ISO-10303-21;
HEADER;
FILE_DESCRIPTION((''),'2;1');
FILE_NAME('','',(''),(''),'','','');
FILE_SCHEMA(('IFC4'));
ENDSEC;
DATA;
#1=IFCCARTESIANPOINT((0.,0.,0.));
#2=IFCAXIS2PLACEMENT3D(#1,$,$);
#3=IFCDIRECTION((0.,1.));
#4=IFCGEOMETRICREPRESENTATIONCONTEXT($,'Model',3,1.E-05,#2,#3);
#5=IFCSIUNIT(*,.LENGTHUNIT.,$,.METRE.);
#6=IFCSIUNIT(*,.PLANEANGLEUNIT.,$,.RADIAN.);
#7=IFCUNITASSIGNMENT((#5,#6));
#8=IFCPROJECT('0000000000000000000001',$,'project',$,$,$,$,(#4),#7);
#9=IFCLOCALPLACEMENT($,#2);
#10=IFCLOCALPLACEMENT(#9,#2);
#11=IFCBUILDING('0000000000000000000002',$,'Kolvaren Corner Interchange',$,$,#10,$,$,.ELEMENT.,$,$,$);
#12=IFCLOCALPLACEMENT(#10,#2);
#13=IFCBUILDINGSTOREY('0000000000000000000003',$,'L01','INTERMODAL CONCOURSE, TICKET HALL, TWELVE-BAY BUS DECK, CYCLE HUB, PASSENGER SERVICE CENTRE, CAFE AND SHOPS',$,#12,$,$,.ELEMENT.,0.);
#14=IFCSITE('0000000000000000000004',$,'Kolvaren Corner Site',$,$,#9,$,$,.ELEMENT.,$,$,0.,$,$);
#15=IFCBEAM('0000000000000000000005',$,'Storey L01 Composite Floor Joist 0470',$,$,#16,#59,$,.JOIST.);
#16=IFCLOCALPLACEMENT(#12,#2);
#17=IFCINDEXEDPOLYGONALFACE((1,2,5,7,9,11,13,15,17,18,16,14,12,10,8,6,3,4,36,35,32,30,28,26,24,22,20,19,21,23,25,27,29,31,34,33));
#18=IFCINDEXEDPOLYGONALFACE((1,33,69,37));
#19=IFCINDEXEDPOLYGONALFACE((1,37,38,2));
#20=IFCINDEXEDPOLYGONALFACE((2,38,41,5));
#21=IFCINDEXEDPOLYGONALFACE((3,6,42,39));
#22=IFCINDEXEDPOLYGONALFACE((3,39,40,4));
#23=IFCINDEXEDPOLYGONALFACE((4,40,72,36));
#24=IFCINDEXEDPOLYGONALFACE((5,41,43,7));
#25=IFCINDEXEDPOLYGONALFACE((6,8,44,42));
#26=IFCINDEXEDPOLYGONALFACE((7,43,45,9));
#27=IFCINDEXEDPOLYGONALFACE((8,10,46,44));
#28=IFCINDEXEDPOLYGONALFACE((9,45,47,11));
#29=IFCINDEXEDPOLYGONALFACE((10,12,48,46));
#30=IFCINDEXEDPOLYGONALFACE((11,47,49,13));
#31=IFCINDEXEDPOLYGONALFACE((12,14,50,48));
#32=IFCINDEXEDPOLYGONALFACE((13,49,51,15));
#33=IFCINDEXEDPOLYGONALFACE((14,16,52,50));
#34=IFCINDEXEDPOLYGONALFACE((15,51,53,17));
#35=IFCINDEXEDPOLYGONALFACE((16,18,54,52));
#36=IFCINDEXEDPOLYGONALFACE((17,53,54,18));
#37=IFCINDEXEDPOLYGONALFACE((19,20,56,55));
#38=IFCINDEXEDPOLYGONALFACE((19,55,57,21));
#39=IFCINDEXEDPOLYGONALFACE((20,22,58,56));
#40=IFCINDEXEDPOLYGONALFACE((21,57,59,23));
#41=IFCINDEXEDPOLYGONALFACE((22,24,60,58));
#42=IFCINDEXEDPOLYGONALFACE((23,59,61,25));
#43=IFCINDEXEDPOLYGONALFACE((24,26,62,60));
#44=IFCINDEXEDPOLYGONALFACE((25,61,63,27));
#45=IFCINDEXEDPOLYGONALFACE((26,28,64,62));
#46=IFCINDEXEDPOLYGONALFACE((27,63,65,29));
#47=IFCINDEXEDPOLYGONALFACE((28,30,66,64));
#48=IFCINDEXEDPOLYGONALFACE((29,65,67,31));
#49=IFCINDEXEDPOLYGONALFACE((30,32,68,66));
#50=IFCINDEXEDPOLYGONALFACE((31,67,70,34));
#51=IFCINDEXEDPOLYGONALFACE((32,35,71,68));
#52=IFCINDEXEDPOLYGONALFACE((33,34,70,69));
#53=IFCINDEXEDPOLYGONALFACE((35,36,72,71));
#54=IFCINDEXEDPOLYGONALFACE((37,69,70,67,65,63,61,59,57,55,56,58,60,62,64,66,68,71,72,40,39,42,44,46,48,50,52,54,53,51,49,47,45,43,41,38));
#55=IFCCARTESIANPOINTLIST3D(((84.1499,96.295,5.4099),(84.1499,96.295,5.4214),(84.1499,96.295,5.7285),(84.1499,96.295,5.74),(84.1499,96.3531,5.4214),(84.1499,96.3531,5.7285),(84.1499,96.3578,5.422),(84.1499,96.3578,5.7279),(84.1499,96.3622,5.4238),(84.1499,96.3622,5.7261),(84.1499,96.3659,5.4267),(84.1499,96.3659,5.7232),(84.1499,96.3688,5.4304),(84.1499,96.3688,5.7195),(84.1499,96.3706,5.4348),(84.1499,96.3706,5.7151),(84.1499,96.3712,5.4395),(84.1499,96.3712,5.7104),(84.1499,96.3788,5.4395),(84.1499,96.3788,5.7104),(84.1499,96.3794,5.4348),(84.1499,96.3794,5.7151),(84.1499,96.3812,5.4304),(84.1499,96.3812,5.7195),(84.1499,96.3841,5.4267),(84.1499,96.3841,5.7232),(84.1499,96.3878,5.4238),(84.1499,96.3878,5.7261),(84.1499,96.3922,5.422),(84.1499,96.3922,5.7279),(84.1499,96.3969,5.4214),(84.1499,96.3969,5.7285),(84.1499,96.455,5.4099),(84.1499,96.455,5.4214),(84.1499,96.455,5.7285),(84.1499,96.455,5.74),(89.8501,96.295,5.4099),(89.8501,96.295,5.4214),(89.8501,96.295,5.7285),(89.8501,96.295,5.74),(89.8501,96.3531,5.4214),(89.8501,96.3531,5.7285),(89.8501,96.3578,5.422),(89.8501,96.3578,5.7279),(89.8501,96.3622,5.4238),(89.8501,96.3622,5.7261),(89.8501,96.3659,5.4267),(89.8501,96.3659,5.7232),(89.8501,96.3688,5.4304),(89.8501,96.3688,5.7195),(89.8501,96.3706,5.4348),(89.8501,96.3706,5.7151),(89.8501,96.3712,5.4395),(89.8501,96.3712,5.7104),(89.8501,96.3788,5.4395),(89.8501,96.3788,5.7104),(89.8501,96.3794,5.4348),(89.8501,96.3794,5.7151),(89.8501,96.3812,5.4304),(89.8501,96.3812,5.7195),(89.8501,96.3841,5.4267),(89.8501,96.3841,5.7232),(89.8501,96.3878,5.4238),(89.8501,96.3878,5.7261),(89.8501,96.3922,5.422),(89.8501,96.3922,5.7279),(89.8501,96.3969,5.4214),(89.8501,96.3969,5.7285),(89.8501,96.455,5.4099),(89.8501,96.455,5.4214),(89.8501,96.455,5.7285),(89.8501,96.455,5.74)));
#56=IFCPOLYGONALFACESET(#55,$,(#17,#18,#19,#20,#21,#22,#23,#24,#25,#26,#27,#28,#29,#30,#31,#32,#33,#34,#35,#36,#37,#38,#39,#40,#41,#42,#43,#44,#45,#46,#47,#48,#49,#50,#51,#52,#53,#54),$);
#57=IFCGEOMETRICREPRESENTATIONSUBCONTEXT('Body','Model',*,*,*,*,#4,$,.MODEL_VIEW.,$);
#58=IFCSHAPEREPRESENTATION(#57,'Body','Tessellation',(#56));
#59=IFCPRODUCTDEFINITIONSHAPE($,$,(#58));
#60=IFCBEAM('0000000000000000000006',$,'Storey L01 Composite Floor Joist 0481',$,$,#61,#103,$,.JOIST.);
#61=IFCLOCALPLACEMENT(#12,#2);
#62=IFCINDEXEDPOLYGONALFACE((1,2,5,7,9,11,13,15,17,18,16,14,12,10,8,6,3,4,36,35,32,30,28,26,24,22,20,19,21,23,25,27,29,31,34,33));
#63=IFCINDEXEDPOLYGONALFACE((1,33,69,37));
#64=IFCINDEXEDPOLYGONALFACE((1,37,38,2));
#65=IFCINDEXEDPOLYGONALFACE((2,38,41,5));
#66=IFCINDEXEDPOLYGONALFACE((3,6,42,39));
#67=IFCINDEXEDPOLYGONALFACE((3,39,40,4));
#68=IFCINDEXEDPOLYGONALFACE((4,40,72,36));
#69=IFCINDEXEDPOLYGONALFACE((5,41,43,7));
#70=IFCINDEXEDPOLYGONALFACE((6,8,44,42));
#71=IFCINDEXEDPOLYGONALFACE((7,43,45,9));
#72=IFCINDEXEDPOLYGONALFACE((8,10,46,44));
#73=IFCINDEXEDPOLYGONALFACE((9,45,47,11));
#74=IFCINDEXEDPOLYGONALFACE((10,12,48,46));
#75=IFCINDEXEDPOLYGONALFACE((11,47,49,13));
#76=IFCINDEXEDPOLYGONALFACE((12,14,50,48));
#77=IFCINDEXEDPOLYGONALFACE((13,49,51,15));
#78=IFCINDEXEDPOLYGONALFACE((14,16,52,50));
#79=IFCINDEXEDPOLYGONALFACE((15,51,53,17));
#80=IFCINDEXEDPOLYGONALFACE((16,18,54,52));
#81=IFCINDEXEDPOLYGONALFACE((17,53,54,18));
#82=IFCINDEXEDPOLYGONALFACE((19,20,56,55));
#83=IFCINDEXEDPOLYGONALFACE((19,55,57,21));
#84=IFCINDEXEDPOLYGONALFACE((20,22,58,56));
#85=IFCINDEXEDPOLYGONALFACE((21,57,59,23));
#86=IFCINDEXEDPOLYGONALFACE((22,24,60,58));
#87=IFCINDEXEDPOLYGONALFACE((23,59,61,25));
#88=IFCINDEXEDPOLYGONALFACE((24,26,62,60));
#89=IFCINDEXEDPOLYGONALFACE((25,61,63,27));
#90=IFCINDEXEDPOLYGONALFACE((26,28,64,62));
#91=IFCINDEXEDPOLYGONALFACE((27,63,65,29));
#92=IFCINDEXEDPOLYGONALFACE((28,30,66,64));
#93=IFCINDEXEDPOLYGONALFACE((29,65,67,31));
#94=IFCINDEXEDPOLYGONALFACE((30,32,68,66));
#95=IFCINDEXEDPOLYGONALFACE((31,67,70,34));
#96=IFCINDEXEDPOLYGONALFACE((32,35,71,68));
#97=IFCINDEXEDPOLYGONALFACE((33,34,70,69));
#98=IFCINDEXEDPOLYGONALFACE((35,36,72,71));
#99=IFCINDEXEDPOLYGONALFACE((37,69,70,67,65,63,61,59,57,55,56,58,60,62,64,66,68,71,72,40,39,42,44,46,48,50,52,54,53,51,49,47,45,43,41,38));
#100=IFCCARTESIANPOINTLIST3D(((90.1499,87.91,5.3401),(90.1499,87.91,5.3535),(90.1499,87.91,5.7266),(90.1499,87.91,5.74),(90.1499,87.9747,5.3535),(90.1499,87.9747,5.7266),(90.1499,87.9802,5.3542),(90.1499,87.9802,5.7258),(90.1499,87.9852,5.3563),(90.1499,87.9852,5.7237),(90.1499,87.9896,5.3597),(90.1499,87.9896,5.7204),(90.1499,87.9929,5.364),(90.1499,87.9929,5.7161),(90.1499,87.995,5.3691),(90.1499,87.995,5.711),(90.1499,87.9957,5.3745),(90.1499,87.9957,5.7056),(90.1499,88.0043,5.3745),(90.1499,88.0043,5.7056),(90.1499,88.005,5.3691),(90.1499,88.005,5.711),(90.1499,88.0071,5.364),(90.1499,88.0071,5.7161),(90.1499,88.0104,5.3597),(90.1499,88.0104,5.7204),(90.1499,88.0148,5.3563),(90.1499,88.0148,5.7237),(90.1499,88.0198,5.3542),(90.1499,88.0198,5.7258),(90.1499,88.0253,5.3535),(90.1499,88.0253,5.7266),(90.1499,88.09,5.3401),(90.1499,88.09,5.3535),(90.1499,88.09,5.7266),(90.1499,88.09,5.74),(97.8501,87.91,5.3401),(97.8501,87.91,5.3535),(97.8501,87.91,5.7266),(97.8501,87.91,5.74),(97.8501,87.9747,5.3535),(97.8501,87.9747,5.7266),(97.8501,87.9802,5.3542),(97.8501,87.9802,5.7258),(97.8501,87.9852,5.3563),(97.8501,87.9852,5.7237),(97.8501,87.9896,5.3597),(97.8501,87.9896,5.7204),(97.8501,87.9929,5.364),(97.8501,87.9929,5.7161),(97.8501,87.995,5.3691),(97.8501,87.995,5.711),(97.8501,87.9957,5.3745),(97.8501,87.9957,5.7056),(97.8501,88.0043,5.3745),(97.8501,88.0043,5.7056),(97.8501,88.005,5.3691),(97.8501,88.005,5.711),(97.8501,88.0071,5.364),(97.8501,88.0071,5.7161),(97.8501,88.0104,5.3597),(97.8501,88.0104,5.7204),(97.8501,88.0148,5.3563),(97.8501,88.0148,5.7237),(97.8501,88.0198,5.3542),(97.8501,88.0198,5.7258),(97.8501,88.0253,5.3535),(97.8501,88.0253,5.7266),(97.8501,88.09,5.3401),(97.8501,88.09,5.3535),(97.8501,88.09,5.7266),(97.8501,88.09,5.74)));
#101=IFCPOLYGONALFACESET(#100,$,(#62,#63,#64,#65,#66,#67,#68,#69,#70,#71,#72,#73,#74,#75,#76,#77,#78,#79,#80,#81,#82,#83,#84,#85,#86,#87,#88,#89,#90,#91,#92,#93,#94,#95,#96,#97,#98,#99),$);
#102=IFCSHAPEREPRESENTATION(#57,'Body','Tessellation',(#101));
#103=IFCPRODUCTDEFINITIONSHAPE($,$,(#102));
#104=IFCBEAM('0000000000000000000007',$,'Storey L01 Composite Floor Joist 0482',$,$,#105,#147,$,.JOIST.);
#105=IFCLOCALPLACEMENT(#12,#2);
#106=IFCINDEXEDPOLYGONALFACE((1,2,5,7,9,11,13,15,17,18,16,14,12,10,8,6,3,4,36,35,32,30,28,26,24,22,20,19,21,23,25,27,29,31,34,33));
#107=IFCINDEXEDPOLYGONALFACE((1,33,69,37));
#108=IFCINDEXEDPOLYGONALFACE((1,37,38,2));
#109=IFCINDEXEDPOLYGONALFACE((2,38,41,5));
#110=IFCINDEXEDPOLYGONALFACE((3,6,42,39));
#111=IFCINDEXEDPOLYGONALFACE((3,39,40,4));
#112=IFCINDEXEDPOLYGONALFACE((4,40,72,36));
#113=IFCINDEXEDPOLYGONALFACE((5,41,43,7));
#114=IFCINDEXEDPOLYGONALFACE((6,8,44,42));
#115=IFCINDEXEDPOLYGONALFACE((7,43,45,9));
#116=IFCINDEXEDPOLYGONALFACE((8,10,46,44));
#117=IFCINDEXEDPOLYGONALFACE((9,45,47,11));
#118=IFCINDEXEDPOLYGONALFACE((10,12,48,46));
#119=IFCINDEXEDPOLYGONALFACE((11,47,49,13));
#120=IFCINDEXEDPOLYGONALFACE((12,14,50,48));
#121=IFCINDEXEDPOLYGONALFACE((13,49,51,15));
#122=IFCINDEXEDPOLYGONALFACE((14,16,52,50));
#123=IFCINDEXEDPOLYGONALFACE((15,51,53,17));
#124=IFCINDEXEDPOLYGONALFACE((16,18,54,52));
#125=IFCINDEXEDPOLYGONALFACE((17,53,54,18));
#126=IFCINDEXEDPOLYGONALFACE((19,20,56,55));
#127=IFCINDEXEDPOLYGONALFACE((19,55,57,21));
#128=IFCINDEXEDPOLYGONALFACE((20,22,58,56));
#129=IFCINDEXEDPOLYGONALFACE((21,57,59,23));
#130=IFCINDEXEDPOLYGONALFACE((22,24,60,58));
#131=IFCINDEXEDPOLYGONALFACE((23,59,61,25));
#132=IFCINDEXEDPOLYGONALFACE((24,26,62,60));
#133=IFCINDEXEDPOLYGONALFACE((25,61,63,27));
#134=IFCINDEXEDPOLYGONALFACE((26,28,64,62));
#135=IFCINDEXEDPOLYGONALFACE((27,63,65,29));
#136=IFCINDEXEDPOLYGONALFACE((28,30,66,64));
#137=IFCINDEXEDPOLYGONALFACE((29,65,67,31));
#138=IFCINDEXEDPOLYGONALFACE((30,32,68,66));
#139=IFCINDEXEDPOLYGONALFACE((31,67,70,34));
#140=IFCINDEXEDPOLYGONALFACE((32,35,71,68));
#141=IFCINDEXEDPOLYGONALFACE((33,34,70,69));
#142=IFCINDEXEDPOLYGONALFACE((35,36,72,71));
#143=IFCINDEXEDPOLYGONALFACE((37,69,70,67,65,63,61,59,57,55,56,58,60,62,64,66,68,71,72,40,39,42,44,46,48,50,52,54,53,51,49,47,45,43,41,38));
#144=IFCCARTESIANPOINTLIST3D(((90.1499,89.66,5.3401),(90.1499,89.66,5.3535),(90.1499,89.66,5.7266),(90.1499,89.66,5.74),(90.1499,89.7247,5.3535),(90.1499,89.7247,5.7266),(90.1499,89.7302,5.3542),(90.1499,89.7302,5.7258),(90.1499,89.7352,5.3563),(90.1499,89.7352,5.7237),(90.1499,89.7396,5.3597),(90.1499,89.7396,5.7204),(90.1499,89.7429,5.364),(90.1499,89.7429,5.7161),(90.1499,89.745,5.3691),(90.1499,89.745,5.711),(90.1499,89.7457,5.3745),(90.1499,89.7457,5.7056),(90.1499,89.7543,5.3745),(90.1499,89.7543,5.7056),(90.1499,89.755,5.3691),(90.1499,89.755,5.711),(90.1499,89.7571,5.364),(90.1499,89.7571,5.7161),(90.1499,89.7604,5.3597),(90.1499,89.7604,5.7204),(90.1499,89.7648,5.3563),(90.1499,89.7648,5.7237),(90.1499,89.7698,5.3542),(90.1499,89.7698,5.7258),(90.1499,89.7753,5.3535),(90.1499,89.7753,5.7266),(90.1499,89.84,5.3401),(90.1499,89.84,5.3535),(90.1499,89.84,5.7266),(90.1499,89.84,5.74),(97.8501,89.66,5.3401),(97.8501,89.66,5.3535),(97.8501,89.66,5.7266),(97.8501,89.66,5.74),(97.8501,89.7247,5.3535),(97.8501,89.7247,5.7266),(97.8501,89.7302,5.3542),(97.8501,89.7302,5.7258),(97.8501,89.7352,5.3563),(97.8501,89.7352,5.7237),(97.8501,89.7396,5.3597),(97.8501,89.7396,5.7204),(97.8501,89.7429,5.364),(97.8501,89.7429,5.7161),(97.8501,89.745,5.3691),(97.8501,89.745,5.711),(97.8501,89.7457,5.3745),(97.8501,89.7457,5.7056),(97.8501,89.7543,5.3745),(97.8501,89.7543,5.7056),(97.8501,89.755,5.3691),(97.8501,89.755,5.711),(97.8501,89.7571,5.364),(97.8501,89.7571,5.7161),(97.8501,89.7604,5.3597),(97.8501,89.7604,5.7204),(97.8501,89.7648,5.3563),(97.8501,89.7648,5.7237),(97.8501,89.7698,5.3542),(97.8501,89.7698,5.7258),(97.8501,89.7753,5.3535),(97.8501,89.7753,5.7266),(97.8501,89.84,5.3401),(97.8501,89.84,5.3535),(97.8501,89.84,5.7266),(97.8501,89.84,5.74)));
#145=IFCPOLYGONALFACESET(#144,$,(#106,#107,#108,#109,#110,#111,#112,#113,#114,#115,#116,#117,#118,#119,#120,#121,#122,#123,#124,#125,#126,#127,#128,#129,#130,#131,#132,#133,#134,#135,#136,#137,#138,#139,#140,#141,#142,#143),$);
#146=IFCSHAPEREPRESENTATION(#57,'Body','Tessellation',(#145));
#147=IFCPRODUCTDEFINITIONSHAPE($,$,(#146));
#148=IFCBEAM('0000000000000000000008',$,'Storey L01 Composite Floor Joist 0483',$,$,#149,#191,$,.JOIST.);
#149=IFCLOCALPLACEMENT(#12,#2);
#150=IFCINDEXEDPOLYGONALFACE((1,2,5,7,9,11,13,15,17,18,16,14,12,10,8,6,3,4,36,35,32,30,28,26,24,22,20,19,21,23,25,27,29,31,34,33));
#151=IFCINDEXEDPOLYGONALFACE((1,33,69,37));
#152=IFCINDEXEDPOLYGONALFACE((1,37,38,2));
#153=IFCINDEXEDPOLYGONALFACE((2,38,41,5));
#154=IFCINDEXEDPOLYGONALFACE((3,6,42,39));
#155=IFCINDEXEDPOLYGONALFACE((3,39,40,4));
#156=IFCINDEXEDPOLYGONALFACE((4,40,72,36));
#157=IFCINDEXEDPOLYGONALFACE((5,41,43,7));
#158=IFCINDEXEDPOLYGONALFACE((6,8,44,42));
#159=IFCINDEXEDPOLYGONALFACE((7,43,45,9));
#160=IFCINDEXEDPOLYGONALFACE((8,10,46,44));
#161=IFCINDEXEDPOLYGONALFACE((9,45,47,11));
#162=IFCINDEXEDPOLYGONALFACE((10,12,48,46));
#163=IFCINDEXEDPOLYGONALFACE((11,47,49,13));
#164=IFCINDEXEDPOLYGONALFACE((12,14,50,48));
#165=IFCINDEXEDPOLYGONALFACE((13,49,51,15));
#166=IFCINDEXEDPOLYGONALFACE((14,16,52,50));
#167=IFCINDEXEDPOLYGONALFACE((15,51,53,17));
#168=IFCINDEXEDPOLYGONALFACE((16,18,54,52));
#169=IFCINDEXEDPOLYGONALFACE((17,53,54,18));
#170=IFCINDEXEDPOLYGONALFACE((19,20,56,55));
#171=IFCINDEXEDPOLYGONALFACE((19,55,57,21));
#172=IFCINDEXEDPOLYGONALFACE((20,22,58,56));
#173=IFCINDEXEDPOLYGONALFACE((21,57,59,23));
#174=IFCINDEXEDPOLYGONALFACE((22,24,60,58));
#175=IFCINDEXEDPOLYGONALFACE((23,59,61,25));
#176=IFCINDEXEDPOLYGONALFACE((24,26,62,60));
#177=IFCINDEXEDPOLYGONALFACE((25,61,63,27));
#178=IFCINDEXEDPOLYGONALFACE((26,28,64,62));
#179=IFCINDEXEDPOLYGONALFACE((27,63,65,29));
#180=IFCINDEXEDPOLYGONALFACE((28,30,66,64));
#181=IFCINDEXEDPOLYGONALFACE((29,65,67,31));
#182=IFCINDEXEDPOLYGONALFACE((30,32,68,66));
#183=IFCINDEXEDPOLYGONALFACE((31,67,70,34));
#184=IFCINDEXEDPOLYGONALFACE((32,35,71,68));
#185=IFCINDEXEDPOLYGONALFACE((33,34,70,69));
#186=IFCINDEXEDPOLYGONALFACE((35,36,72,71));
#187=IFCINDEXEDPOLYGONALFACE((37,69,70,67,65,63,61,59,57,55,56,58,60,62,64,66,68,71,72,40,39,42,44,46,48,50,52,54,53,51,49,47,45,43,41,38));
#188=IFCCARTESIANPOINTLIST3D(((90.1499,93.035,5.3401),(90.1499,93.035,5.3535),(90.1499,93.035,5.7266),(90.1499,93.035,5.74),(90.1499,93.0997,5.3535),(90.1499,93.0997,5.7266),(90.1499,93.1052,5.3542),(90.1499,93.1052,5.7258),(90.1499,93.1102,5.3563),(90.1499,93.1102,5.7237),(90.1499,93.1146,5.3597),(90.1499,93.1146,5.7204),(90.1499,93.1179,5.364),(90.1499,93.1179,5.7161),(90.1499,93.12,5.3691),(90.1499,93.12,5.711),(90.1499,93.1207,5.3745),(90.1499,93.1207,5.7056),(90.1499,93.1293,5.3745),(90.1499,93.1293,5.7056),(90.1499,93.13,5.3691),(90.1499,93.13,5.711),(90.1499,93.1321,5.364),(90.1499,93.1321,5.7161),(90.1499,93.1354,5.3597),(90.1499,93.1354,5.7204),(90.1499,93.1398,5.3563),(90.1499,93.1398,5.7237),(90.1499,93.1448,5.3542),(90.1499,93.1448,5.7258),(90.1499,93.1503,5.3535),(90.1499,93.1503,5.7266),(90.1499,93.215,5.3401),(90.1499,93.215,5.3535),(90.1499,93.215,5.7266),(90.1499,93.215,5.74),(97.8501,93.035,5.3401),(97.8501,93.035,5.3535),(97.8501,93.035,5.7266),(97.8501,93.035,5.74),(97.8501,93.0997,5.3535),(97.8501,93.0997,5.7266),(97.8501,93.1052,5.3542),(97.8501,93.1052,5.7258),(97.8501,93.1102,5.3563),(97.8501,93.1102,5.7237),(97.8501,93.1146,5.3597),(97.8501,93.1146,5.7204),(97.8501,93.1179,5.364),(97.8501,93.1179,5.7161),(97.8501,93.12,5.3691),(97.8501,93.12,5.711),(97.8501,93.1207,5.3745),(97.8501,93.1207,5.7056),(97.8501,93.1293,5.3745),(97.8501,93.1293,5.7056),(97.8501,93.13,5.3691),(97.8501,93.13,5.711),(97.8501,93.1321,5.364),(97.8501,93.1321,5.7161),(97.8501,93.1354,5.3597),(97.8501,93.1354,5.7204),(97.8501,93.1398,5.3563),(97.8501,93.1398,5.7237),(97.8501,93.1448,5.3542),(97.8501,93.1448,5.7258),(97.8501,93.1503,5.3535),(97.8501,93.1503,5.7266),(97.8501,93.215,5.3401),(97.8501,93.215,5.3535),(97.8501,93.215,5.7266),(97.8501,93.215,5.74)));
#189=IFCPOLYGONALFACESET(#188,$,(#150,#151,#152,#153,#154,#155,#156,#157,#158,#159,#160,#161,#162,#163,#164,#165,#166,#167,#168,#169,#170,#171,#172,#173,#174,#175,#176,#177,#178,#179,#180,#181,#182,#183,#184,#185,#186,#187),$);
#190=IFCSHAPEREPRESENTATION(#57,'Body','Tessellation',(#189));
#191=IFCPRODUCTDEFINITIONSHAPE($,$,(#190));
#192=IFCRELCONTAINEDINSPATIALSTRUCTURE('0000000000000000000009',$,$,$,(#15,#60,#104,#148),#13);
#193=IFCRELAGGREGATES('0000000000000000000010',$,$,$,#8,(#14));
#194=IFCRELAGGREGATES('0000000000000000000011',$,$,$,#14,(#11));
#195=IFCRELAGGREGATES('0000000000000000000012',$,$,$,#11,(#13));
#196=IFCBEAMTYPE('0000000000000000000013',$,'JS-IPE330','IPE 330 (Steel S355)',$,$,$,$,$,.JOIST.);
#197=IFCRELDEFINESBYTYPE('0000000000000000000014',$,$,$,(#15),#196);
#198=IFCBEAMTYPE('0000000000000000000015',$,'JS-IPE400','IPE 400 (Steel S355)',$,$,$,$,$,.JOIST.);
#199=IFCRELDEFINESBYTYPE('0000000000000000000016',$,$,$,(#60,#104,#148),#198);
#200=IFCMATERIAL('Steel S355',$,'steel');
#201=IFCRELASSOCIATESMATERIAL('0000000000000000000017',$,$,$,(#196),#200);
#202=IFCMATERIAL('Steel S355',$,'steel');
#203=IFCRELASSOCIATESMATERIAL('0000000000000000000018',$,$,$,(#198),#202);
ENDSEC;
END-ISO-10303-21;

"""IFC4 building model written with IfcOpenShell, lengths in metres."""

from ifc_helpers import new_model, si_unit, direction, frame, origin, origin_2d, place, context, subcontext, project, spatial, i_section, extrude, material, material_profile, profile_set, type_object, element, save


model = new_model("IFC4")

# Units and contexts
model_context = context("Model", 3, precision=1e-05, world=origin(), true_north=direction((0.0, 1.0)))
body_context = subcontext(model_context, "Body", "Model", "MODEL_VIEW")
ifc_project = project(units=[si_unit("LENGTHUNIT", "METRE"), si_unit("PLANEANGLEUNIT", "RADIAN")], contexts=[model_context])

# Site, building, storey
site_placement = place(None, origin())
site = spatial("IfcSite", under=ifc_project, at=site_placement, Name="Kolvaren Corner Site", CompositionType="ELEMENT", RefElevation=0.0)
building_placement = place(site_placement, origin())
building = spatial("IfcBuilding", under=site, at=building_placement, Name="Kolvaren Corner Interchange", CompositionType="ELEMENT")
storey_placement = place(building_placement, origin())
storey = spatial("IfcBuildingStorey", under=building, at=storey_placement, Name="L01", Description="INTERMODAL CONCOURSE, TICKET HALL, TWELVE-BAY BUS DECK, CYCLE HUB, PASSENGER SERVICE CENTRE, CAFE AND SHOPS", CompositionType="ELEMENT", Elevation=0.0)

# Beams
ifc_material_1 = material(Name="Steel S355", Category="steel")
ifc_material_profile_1 = material_profile(ifc_material_1, i_section(OverallWidth=0.1599, OverallDepth=0.3301, WebThickness=0.0076, FlangeThickness=0.0115, FilletRadius=0.0181, at=origin_2d()), Name="IPE 330")
ifc_profile_set_1 = profile_set([ifc_material_profile_1], Name="Steel S355")
beam_type_1 = type_object("IfcBeamType", Name="JS-IPE330", Description="IPE 330 (Steel S355)", PredefinedType="JOIST", material=ifc_profile_set_1)
for number, where, z_axis, x_axis, name in (
    (1, (84.1499, 96.375, 5.575), (1.0, 0.0, 0.0), (0.0, 1.0, 0.0), "Storey L01 Composite Floor Joist 0470"),
):
    element("IfcBeam", number, at=place(storey_placement, frame(where, z_axis=z_axis, x_axis=x_axis)), inside=storey, type_object=beam_type_1, Name=name, PredefinedType="JOIST", context=body_context, shape_type="SweptSolid", body=[
        extrude(i_section(OverallWidth=0.1599, OverallDepth=0.3301, WebThickness=0.0076, FlangeThickness=0.0115, FilletRadius=0.0181, at=origin_2d()), origin(), (0.0, 0.0, 1.0), 5.7002),
    ])
ifc_material_2 = material(Name="Steel S355", Category="steel")
ifc_material_profile_2 = material_profile(ifc_material_2, i_section(OverallWidth=0.1799, OverallDepth=0.3999, WebThickness=0.0085, FlangeThickness=0.0134, FilletRadius=0.021, at=origin_2d()), Name="IPE 400")
ifc_profile_set_2 = profile_set([ifc_material_profile_2], Name="Steel S355")
beam_type_2 = type_object("IfcBeamType", Name="JS-IPE400", Description="IPE 400 (Steel S355)", PredefinedType="JOIST", material=ifc_profile_set_2)
for number, where, z_axis, x_axis, name in (
    (2, (90.1499, 88.0, 5.54), (1.0, 0.0, 0.0), (0.0, 1.0, 0.0), "Storey L01 Composite Floor Joist 0481"),
    (3, (90.1499, 89.75, 5.54), (1.0, 0.0, 0.0), (0.0, 1.0, 0.0), "Storey L01 Composite Floor Joist 0482"),
    (4, (90.1499, 93.125, 5.54), (1.0, 0.0, 0.0), (0.0, 1.0, 0.0), "Storey L01 Composite Floor Joist 0483"),
):
    element("IfcBeam", number, at=place(storey_placement, frame(where, z_axis=z_axis, x_axis=x_axis)), inside=storey, type_object=beam_type_2, Name=name, PredefinedType="JOIST", context=body_context, shape_type="SweptSolid", body=[
        extrude(i_section(OverallWidth=0.1799, OverallDepth=0.3999, WebThickness=0.0085, FlangeThickness=0.0134, FilletRadius=0.021, at=origin_2d()), origin(), (0.0, 0.0, 1.0), 7.7002),
    ])

save(model, "model.ifc")
